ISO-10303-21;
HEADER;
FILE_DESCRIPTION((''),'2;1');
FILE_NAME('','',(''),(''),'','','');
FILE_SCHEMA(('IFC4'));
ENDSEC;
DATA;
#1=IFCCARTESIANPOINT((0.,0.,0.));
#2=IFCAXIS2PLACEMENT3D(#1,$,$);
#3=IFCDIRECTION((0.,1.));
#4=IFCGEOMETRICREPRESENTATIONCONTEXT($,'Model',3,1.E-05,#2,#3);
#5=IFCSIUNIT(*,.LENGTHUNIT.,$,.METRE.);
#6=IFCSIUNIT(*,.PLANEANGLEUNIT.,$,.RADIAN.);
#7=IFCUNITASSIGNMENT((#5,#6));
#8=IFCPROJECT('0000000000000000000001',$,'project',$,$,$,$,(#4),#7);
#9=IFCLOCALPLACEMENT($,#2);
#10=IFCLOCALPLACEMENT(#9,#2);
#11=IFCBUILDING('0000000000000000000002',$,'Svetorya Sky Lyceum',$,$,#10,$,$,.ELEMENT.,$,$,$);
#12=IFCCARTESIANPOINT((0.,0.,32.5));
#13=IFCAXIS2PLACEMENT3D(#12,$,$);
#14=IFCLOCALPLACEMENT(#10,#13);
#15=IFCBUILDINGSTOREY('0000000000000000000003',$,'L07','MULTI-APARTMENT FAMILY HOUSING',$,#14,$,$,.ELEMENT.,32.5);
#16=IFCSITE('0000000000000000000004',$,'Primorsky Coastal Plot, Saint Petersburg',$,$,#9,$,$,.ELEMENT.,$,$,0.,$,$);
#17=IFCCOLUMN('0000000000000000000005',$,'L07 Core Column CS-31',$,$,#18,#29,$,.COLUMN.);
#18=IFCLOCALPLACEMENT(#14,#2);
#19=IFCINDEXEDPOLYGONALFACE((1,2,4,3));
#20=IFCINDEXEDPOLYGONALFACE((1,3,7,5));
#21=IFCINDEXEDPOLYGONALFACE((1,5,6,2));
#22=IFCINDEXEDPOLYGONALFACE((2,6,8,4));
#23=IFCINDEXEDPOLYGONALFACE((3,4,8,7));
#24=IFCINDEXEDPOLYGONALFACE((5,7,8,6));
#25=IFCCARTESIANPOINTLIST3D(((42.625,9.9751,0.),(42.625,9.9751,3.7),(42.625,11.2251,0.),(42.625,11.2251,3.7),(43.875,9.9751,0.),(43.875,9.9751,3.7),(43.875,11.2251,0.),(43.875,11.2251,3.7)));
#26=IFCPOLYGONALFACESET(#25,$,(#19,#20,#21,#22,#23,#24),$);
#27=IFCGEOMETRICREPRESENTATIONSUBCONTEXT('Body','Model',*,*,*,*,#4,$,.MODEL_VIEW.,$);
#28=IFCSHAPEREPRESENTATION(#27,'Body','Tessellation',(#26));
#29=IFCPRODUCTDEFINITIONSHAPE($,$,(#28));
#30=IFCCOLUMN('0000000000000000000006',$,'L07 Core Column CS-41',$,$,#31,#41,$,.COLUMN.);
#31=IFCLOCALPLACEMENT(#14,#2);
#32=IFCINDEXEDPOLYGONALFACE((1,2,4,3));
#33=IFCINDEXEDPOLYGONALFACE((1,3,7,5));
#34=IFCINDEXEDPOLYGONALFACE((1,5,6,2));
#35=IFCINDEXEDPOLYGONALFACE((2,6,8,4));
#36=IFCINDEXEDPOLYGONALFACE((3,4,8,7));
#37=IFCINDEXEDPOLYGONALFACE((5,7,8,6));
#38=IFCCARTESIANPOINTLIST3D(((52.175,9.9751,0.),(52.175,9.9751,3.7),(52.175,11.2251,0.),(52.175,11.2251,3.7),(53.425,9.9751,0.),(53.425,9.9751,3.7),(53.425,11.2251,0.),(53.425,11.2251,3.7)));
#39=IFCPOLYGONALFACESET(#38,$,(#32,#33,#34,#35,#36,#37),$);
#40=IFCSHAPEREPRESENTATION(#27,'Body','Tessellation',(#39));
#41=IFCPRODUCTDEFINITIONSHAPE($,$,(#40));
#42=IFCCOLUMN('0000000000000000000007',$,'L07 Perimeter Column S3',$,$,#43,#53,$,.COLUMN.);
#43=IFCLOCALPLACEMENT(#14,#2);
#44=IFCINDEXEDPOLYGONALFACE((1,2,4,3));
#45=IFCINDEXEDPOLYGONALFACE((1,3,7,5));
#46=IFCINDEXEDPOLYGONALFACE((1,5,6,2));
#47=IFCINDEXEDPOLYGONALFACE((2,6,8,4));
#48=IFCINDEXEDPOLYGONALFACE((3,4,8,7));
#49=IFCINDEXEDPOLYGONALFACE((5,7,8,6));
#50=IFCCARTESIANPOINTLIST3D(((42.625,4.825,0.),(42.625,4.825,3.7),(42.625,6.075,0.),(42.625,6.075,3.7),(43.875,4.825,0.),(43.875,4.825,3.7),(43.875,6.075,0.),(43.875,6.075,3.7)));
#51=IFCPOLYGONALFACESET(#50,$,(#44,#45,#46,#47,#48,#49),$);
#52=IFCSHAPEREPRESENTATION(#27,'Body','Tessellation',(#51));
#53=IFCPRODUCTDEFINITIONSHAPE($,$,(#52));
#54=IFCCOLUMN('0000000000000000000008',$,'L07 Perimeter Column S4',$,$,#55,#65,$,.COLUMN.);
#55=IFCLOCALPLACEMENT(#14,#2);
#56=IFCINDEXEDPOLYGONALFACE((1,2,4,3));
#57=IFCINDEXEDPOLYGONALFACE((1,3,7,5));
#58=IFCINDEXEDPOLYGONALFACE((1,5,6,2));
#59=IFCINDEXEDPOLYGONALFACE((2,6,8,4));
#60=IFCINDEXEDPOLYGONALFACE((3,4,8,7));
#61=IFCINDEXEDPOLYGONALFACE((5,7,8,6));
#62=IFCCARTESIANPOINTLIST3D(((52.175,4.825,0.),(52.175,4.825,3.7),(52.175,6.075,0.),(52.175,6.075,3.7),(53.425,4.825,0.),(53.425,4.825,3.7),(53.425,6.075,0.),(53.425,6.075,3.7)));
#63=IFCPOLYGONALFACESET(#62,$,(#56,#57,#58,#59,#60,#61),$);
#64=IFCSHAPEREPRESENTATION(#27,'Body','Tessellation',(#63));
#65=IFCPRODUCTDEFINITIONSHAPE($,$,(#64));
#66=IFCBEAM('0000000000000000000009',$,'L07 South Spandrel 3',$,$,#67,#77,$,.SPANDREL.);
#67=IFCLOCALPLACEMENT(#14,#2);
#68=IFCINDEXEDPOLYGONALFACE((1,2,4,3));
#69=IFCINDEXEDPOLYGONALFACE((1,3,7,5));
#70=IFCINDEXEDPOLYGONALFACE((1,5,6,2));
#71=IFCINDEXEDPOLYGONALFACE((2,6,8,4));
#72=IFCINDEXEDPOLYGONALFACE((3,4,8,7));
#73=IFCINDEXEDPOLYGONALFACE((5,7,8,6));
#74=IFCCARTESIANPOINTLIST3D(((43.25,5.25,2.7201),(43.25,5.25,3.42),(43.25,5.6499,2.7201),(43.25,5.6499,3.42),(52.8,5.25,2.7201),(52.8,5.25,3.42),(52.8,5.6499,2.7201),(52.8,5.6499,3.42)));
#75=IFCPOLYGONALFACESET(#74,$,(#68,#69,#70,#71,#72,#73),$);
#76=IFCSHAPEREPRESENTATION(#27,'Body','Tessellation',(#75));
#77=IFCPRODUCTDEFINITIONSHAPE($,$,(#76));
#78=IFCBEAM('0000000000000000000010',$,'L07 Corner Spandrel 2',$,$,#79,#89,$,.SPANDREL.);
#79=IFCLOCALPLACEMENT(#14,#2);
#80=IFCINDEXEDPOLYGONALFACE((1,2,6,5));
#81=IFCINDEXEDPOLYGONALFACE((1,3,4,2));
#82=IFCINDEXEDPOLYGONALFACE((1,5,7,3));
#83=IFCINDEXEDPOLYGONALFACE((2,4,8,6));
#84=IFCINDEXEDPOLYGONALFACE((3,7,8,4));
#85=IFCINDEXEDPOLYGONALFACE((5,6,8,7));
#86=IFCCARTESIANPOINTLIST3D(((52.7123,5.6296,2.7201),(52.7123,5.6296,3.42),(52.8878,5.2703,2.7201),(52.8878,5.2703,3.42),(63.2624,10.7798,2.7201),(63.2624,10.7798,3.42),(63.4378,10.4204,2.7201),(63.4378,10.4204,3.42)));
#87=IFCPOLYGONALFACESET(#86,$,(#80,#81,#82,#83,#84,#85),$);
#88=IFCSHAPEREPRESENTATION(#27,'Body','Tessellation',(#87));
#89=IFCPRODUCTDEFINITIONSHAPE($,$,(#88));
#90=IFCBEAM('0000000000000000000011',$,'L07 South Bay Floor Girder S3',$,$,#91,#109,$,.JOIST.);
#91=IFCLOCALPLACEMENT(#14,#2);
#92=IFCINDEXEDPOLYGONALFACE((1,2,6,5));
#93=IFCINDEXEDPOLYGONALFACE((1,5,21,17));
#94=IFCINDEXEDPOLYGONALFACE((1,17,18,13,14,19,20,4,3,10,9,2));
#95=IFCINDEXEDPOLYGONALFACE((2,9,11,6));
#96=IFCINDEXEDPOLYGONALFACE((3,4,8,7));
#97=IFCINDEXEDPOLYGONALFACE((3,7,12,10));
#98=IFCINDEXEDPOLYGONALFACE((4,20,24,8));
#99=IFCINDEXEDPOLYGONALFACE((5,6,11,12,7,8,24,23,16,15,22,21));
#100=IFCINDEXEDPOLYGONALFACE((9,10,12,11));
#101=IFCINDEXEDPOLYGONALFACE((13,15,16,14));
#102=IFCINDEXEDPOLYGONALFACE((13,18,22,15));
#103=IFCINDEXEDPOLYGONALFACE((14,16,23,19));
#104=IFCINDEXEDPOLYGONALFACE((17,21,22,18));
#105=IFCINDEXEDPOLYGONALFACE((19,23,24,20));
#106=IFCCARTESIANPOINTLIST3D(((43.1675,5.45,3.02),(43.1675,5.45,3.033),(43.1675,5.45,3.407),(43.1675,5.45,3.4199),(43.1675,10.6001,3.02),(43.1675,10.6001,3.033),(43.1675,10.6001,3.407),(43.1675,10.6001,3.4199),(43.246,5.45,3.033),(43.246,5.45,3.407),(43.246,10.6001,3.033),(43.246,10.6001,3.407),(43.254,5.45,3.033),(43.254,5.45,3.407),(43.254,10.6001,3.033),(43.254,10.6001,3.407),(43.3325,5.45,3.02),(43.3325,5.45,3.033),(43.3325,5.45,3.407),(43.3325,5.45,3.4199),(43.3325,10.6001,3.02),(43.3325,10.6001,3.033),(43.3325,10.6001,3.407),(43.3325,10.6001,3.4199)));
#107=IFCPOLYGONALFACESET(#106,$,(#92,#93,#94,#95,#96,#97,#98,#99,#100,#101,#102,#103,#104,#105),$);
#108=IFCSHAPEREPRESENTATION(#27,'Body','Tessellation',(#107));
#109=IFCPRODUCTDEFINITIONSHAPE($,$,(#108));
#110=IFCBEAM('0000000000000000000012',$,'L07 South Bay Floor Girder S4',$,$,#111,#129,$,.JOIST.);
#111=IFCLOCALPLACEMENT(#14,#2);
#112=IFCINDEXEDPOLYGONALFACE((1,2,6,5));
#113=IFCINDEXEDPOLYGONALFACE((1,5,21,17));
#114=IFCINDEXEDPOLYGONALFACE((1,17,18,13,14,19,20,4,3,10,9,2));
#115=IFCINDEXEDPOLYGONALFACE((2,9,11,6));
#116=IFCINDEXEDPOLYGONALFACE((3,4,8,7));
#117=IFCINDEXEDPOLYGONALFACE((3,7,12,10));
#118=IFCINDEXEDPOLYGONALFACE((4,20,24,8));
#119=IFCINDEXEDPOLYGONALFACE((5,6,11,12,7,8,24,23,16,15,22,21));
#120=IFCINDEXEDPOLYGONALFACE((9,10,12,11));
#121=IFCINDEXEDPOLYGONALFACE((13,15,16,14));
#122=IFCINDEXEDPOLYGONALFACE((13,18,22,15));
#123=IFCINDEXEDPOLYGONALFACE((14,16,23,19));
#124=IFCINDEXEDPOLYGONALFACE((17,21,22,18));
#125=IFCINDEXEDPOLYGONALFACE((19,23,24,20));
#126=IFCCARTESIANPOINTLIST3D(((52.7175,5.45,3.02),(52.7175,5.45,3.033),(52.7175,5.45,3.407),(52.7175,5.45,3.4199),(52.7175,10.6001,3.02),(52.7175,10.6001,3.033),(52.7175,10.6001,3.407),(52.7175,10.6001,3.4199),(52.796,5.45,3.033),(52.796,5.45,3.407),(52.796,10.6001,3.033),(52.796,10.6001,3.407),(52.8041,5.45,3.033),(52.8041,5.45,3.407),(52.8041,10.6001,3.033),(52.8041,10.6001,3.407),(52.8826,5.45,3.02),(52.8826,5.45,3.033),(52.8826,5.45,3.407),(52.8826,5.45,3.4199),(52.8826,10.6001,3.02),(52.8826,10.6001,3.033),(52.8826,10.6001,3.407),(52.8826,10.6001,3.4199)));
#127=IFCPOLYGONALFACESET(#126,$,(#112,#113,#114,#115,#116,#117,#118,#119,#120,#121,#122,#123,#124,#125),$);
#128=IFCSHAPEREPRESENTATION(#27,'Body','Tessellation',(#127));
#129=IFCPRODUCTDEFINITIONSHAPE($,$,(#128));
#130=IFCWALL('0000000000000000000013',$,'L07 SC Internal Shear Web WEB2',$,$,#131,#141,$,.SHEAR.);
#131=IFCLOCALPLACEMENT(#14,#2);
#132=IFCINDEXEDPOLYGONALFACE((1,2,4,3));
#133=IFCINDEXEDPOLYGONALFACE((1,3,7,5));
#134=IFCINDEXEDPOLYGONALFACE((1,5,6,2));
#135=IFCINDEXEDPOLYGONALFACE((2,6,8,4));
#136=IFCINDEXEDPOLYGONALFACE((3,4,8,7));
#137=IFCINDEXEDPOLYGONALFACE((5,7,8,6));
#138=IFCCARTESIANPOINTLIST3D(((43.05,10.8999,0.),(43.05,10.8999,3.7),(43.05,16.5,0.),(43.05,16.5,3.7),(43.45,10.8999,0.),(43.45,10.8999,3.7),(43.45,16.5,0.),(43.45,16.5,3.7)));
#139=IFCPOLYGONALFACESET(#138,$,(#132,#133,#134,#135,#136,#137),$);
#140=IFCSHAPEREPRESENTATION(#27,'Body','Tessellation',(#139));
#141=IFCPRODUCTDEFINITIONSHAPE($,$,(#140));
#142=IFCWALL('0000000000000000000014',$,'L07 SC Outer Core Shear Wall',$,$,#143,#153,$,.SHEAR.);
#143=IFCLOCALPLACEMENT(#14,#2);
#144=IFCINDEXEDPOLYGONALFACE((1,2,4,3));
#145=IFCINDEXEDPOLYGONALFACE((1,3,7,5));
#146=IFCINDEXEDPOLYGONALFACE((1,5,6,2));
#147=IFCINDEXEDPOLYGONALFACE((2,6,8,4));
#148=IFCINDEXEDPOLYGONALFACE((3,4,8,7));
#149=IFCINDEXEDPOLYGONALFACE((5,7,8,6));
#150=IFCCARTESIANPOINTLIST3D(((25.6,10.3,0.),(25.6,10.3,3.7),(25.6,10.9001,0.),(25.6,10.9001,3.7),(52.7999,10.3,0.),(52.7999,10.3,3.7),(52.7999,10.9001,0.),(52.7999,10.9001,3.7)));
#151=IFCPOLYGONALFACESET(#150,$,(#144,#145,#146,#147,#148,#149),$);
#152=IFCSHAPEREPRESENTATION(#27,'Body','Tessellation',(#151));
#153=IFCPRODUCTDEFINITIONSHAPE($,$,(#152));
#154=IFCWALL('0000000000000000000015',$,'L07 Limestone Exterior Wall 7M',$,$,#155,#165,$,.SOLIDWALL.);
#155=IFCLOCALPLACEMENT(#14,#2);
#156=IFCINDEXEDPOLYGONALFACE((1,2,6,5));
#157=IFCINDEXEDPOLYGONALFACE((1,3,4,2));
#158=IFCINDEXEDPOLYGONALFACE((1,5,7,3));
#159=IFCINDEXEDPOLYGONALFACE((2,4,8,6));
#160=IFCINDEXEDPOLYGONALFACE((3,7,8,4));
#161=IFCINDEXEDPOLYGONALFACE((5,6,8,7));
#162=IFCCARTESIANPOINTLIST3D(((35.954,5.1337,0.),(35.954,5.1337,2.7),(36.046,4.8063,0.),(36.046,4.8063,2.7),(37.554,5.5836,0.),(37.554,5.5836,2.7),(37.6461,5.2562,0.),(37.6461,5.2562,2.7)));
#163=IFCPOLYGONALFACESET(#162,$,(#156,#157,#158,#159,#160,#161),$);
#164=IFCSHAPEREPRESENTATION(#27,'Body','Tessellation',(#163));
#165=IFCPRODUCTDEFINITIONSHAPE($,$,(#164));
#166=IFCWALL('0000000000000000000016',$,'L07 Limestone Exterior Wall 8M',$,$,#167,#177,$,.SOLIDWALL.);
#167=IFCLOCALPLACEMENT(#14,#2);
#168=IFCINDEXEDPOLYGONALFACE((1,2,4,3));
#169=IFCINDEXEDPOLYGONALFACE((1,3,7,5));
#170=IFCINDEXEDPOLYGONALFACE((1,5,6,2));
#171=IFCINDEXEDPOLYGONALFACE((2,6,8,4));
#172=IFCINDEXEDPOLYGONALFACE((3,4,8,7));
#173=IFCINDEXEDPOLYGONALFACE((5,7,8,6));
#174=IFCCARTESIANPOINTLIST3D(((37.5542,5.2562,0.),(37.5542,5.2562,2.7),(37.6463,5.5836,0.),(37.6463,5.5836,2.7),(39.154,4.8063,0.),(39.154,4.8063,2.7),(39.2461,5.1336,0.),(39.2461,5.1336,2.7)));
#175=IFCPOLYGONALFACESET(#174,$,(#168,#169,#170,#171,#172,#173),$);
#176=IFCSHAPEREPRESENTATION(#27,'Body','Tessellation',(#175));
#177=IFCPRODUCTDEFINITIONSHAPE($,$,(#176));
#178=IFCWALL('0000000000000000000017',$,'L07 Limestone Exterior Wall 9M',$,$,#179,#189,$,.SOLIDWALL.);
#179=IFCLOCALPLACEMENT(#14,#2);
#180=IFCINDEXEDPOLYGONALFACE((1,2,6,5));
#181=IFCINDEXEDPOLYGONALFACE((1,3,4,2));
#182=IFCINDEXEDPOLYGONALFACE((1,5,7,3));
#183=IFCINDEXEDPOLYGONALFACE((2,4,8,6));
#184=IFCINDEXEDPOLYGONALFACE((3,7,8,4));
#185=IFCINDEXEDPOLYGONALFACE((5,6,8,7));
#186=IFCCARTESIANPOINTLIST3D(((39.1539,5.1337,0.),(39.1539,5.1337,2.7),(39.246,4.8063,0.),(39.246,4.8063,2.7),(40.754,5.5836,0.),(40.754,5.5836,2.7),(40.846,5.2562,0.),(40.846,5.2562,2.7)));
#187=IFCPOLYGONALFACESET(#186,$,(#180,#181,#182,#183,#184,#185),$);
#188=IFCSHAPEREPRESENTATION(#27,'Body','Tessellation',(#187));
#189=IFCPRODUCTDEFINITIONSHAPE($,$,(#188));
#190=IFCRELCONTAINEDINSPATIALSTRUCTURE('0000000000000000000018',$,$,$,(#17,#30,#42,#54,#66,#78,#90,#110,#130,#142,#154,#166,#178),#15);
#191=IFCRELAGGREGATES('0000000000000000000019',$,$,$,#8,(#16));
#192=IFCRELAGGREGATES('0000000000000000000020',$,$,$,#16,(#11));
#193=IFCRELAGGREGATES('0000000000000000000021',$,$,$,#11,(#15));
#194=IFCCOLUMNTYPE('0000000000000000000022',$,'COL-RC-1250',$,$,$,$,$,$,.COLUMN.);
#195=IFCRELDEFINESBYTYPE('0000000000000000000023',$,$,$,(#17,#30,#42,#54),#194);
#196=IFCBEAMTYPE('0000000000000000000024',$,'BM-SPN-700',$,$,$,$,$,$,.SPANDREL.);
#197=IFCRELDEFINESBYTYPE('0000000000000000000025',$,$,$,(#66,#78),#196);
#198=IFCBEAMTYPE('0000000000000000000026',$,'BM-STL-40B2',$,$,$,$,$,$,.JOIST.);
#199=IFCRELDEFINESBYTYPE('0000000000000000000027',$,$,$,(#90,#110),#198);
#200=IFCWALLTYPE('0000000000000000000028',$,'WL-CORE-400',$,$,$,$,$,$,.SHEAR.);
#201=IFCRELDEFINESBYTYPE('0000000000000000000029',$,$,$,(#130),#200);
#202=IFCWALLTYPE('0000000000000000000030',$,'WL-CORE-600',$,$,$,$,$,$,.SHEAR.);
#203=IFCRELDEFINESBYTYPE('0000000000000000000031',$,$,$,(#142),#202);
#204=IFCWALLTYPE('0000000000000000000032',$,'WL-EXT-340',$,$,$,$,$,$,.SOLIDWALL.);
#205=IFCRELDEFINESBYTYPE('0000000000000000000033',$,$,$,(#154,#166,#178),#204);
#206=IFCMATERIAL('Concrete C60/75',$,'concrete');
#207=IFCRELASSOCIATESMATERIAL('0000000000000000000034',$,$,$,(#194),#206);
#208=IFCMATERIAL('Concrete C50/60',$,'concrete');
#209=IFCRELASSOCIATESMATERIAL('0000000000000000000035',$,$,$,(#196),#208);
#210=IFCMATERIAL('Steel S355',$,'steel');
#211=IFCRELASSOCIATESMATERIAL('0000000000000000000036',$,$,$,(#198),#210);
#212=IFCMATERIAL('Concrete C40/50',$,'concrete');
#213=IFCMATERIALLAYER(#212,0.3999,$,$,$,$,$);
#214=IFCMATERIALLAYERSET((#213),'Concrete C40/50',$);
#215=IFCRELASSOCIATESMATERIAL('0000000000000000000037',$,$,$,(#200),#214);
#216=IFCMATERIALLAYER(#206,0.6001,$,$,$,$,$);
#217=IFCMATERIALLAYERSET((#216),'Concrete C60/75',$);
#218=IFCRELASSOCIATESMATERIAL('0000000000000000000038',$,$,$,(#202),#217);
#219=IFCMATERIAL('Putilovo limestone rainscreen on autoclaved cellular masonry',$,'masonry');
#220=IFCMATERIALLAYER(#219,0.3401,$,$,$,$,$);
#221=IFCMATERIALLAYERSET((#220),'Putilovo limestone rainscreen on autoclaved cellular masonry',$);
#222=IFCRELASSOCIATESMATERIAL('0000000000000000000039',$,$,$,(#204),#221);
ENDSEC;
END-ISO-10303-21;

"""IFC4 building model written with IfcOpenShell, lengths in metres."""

from ifc_helpers import new_model, si_unit, direction, frame, frame_2d, origin, origin_2d, place, context, subcontext, project, spatial, rectangle, i_section, extrude, material, layer, layer_set, material_profile, profile_set, type_object, element, save


model = new_model("IFC4")

# Units and contexts
model_context = context("Model", 3, precision=1e-05, world=origin(), true_north=direction((0.0, 1.0)))
body_context = subcontext(model_context, "Body", "Model", "MODEL_VIEW")
ifc_project = project(units=[si_unit("LENGTHUNIT", "METRE"), si_unit("PLANEANGLEUNIT", "RADIAN")], contexts=[model_context])

# Site, building, storey
site_placement = place(None, origin())
site = spatial("IfcSite", under=ifc_project, at=site_placement, Name="Primorsky Coastal Plot, Saint Petersburg", CompositionType="ELEMENT", RefElevation=0.0)
building_placement = place(site_placement, origin())
building = spatial("IfcBuilding", under=site, at=building_placement, Name="Svetorya Sky Lyceum", CompositionType="ELEMENT")
storey_placement = place(building_placement, frame((0.0, 0.0, 32.5)))
storey = spatial("IfcBuildingStorey", under=building, at=storey_placement, Name="L07", Description="MULTI-APARTMENT FAMILY HOUSING", CompositionType="ELEMENT", Elevation=32.5)

# Columns
ifc_material_1 = material(Name="Concrete C60/75", Category="concrete")
ifc_material_profile_1 = material_profile(ifc_material_1, rectangle(XDim=1.25, YDim=1.25, at=origin_2d()), Name="RC COL 1250x1250")
ifc_profile_set_1 = profile_set([ifc_material_profile_1], Name="Concrete C60/75")
column_type = type_object("IfcColumnType", Name="COL-RC-1250", PredefinedType="COLUMN", material=ifc_profile_set_1)
for number, where, z_axis, x_axis, name in (
    (1, (43.25, 10.6001, 0.0), (0.0, 0.0, 1.0), (1.0, 0.0, 0.0), "L07 Core Column CS-31"),
    (2, (52.8, 10.6001, 0.0), (0.0, 0.0, 1.0), (1.0, 0.0, 0.0), "L07 Core Column CS-41"),
    (3, (43.25, 5.45, 0.0), (0.0, 0.0, 1.0), (1.0, 0.0, 0.0), "L07 Perimeter Column S3"),
    (4, (52.8, 5.45, 0.0), (0.0, 0.0, 1.0), (1.0, 0.0, 0.0), "L07 Perimeter Column S4"),
):
    element("IfcColumn", number, at=place(storey_placement, frame(where, z_axis=z_axis, x_axis=x_axis)), inside=storey, type_object=column_type, Name=name, PredefinedType="COLUMN", context=body_context, shape_type="SweptSolid", body=[
        extrude(rectangle(XDim=1.25, YDim=1.25, at=origin_2d()), origin(), (0.0, 0.0, 1.0), 3.7),
    ])

# Beams
ifc_material_2 = material(Name="Concrete C50/60", Category="concrete")
ifc_material_profile_2 = material_profile(ifc_material_2, rectangle(XDim=0.3999, YDim=0.7, at=origin_2d()), Name="RC SPANDREL 400x700")
ifc_profile_set_2 = profile_set([ifc_material_profile_2], Name="Concrete C50/60")
beam_type_1 = type_object("IfcBeamType", Name="BM-SPN-700", PredefinedType="SPANDREL", material=ifc_profile_set_2)
beam_1_placement = place(storey_placement, frame((43.25, 5.45, 3.0701), z_axis=(1.0, 0.0, 0.0), x_axis=(0.0, 1.0, 0.0)))
element("IfcBeam", 5, at=beam_1_placement, inside=storey, type_object=beam_type_1, Name="L07 South Spandrel 3", PredefinedType="SPANDREL", context=body_context, shape_type="SweptSolid", body=[
    extrude(rectangle(XDim=0.3999, YDim=0.7, at=origin_2d()), origin(), (0.0, 0.0, 1.0), 9.55),
])
beam_2_placement = place(storey_placement, frame((52.8, 5.45, 3.0701), z_axis=(0.898641, 0.438684, 0.0), x_axis=(-0.438684, 0.898641, 0.0)))
element("IfcBeam", 6, at=beam_2_placement, inside=storey, type_object=beam_type_1, Name="L07 Corner Spandrel 2", PredefinedType="SPANDREL", context=body_context, shape_type="SweptSolid", body=[
    extrude(rectangle(XDim=0.3999, YDim=0.7, at=origin_2d()), origin(), (0.0, 0.0, 1.0), 11.74),
])
ifc_material_3 = material(Name="Steel S355", Category="steel")
ifc_material_profile_3 = material_profile(ifc_material_3, i_section(OverallWidth=0.165, OverallDepth=0.3999, WebThickness=0.0081, FlangeThickness=0.0129, at=origin_2d()), Name="GOST 40B2")
ifc_profile_set_3 = profile_set([ifc_material_profile_3], Name="Steel S355")
beam_type_2 = type_object("IfcBeamType", Name="BM-STL-40B2", PredefinedType="JOIST", material=ifc_profile_set_3)
for number, where, z_axis, x_axis, name in (
    (7, (43.25, 5.45, 3.22), (0.0, 1.0, 0.0), (-1.0, 0.0, 0.0), "L07 South Bay Floor Girder S3"),
    (8, (52.8, 5.45, 3.22), (0.0, 1.0, 0.0), (-1.0, 0.0, 0.0), "L07 South Bay Floor Girder S4"),
):
    element("IfcBeam", number, at=place(storey_placement, frame(where, z_axis=z_axis, x_axis=x_axis)), inside=storey, type_object=beam_type_2, Name=name, PredefinedType="JOIST", context=body_context, shape_type="SweptSolid", body=[
        extrude(i_section(OverallWidth=0.165, OverallDepth=0.3999, WebThickness=0.0081, FlangeThickness=0.0129, at=origin_2d()), origin(), (0.0, 0.0, 1.0), 5.1501),
    ])

# Walls
ifc_material_4 = material(Name="Concrete C40/50", Category="concrete")
ifc_layer_1 = layer(ifc_material_4, 0.3999)
ifc_layer_set_1 = layer_set([ifc_layer_1], Name="Concrete C40/50")
wall_type_1 = type_object("IfcWallType", Name="WL-CORE-400", PredefinedType="SHEAR", material=ifc_layer_set_1)
wall_1_placement = place(storey_placement, frame((43.25, 10.8999, 0.0), z_axis=(0.0, 0.0, 1.0), x_axis=(0.0, 1.0, 0.0)))
element("IfcWall", 9, at=wall_1_placement, inside=storey, type_object=wall_type_1, Name="L07 SC Internal Shear Web WEB2", PredefinedType="SHEAR", context=body_context, shape_type="SweptSolid", body=[
    extrude(rectangle(XDim=5.6001, YDim=0.3999, at=frame_2d((2.8, 0.0))), origin(), (0.0, 0.0, 1.0), 3.7),
])
ifc_layer_2 = layer(ifc_material_1, 0.6001)
ifc_layer_set_2 = layer_set([ifc_layer_2], Name="Concrete C60/75")
wall_type_2 = type_object("IfcWallType", Name="WL-CORE-600", PredefinedType="SHEAR", material=ifc_layer_set_2)
wall_2_placement = place(storey_placement, frame((52.8, 10.6001, 0.0), z_axis=(0.0, 0.0, 1.0), x_axis=(-1.0, 0.0, 0.0)))
element("IfcWall", 10, at=wall_2_placement, inside=storey, type_object=wall_type_2, Name="L07 SC Outer Core Shear Wall", PredefinedType="SHEAR", context=body_context, shape_type="SweptSolid", body=[
    extrude(rectangle(XDim=27.2, YDim=0.6001, at=frame_2d((13.6001, 0.0))), origin(), (0.0, 0.0, 1.0), 3.7),
])
ifc_material_5 = material(Name="Putilovo limestone rainscreen on autoclaved cellular masonry", Category="masonry")
ifc_layer_3 = layer(ifc_material_5, 0.3401)
ifc_layer_set_3 = layer_set([ifc_layer_3], Name="Putilovo limestone rainscreen on autoclaved cellular masonry")
wall_type_3 = type_object("IfcWallType", Name="WL-EXT-340", PredefinedType="SOLIDWALL", material=ifc_layer_set_3)
wall_3_placement = place(storey_placement, frame((36.0, 4.97, 0.0), z_axis=(0.0, 0.0, 1.0), x_axis=(0.962663, 0.270703, 0.0)))
element("IfcWall", 11, at=wall_3_placement, inside=storey, type_object=wall_type_3, Name="L07 Limestone Exterior Wall 7M", PredefinedType="SOLIDWALL", context=body_context, shape_type="SweptSolid", body=[
    extrude(rectangle(XDim=1.6621, YDim=0.3401, at=frame_2d((0.8311, 0.0))), origin(), (0.0, 0.0, 1.0), 2.7),
])
wall_4_placement = place(storey_placement, frame((37.6001, 5.4199, 0.0), z_axis=(0.0, 0.0, 1.0), x_axis=(0.962652, -0.270741, 0.0)))
element("IfcWall", 12, at=wall_4_placement, inside=storey, type_object=wall_type_3, Name="L07 Limestone Exterior Wall 8M", PredefinedType="SOLIDWALL", context=body_context, shape_type="SweptSolid", body=[
    extrude(rectangle(XDim=1.6619, YDim=0.3401, at=frame_2d((0.8311, 0.0))), origin(), (0.0, 0.0, 1.0), 2.7),
])
wall_5_placement = place(storey_placement, frame((39.2, 4.97, 0.0), z_axis=(0.0, 0.0, 1.0), x_axis=(0.962663, 0.270703, 0.0)))
element("IfcWall", 13, at=wall_5_placement, inside=storey, type_object=wall_type_3, Name="L07 Limestone Exterior Wall 9M", PredefinedType="SOLIDWALL", context=body_context, shape_type="SweptSolid", body=[
    extrude(rectangle(XDim=1.6621, YDim=0.3401, at=frame_2d((0.8311, 0.0))), origin(), (0.0, 0.0, 1.0), 2.7),
])

save(model, "model.ifc")
